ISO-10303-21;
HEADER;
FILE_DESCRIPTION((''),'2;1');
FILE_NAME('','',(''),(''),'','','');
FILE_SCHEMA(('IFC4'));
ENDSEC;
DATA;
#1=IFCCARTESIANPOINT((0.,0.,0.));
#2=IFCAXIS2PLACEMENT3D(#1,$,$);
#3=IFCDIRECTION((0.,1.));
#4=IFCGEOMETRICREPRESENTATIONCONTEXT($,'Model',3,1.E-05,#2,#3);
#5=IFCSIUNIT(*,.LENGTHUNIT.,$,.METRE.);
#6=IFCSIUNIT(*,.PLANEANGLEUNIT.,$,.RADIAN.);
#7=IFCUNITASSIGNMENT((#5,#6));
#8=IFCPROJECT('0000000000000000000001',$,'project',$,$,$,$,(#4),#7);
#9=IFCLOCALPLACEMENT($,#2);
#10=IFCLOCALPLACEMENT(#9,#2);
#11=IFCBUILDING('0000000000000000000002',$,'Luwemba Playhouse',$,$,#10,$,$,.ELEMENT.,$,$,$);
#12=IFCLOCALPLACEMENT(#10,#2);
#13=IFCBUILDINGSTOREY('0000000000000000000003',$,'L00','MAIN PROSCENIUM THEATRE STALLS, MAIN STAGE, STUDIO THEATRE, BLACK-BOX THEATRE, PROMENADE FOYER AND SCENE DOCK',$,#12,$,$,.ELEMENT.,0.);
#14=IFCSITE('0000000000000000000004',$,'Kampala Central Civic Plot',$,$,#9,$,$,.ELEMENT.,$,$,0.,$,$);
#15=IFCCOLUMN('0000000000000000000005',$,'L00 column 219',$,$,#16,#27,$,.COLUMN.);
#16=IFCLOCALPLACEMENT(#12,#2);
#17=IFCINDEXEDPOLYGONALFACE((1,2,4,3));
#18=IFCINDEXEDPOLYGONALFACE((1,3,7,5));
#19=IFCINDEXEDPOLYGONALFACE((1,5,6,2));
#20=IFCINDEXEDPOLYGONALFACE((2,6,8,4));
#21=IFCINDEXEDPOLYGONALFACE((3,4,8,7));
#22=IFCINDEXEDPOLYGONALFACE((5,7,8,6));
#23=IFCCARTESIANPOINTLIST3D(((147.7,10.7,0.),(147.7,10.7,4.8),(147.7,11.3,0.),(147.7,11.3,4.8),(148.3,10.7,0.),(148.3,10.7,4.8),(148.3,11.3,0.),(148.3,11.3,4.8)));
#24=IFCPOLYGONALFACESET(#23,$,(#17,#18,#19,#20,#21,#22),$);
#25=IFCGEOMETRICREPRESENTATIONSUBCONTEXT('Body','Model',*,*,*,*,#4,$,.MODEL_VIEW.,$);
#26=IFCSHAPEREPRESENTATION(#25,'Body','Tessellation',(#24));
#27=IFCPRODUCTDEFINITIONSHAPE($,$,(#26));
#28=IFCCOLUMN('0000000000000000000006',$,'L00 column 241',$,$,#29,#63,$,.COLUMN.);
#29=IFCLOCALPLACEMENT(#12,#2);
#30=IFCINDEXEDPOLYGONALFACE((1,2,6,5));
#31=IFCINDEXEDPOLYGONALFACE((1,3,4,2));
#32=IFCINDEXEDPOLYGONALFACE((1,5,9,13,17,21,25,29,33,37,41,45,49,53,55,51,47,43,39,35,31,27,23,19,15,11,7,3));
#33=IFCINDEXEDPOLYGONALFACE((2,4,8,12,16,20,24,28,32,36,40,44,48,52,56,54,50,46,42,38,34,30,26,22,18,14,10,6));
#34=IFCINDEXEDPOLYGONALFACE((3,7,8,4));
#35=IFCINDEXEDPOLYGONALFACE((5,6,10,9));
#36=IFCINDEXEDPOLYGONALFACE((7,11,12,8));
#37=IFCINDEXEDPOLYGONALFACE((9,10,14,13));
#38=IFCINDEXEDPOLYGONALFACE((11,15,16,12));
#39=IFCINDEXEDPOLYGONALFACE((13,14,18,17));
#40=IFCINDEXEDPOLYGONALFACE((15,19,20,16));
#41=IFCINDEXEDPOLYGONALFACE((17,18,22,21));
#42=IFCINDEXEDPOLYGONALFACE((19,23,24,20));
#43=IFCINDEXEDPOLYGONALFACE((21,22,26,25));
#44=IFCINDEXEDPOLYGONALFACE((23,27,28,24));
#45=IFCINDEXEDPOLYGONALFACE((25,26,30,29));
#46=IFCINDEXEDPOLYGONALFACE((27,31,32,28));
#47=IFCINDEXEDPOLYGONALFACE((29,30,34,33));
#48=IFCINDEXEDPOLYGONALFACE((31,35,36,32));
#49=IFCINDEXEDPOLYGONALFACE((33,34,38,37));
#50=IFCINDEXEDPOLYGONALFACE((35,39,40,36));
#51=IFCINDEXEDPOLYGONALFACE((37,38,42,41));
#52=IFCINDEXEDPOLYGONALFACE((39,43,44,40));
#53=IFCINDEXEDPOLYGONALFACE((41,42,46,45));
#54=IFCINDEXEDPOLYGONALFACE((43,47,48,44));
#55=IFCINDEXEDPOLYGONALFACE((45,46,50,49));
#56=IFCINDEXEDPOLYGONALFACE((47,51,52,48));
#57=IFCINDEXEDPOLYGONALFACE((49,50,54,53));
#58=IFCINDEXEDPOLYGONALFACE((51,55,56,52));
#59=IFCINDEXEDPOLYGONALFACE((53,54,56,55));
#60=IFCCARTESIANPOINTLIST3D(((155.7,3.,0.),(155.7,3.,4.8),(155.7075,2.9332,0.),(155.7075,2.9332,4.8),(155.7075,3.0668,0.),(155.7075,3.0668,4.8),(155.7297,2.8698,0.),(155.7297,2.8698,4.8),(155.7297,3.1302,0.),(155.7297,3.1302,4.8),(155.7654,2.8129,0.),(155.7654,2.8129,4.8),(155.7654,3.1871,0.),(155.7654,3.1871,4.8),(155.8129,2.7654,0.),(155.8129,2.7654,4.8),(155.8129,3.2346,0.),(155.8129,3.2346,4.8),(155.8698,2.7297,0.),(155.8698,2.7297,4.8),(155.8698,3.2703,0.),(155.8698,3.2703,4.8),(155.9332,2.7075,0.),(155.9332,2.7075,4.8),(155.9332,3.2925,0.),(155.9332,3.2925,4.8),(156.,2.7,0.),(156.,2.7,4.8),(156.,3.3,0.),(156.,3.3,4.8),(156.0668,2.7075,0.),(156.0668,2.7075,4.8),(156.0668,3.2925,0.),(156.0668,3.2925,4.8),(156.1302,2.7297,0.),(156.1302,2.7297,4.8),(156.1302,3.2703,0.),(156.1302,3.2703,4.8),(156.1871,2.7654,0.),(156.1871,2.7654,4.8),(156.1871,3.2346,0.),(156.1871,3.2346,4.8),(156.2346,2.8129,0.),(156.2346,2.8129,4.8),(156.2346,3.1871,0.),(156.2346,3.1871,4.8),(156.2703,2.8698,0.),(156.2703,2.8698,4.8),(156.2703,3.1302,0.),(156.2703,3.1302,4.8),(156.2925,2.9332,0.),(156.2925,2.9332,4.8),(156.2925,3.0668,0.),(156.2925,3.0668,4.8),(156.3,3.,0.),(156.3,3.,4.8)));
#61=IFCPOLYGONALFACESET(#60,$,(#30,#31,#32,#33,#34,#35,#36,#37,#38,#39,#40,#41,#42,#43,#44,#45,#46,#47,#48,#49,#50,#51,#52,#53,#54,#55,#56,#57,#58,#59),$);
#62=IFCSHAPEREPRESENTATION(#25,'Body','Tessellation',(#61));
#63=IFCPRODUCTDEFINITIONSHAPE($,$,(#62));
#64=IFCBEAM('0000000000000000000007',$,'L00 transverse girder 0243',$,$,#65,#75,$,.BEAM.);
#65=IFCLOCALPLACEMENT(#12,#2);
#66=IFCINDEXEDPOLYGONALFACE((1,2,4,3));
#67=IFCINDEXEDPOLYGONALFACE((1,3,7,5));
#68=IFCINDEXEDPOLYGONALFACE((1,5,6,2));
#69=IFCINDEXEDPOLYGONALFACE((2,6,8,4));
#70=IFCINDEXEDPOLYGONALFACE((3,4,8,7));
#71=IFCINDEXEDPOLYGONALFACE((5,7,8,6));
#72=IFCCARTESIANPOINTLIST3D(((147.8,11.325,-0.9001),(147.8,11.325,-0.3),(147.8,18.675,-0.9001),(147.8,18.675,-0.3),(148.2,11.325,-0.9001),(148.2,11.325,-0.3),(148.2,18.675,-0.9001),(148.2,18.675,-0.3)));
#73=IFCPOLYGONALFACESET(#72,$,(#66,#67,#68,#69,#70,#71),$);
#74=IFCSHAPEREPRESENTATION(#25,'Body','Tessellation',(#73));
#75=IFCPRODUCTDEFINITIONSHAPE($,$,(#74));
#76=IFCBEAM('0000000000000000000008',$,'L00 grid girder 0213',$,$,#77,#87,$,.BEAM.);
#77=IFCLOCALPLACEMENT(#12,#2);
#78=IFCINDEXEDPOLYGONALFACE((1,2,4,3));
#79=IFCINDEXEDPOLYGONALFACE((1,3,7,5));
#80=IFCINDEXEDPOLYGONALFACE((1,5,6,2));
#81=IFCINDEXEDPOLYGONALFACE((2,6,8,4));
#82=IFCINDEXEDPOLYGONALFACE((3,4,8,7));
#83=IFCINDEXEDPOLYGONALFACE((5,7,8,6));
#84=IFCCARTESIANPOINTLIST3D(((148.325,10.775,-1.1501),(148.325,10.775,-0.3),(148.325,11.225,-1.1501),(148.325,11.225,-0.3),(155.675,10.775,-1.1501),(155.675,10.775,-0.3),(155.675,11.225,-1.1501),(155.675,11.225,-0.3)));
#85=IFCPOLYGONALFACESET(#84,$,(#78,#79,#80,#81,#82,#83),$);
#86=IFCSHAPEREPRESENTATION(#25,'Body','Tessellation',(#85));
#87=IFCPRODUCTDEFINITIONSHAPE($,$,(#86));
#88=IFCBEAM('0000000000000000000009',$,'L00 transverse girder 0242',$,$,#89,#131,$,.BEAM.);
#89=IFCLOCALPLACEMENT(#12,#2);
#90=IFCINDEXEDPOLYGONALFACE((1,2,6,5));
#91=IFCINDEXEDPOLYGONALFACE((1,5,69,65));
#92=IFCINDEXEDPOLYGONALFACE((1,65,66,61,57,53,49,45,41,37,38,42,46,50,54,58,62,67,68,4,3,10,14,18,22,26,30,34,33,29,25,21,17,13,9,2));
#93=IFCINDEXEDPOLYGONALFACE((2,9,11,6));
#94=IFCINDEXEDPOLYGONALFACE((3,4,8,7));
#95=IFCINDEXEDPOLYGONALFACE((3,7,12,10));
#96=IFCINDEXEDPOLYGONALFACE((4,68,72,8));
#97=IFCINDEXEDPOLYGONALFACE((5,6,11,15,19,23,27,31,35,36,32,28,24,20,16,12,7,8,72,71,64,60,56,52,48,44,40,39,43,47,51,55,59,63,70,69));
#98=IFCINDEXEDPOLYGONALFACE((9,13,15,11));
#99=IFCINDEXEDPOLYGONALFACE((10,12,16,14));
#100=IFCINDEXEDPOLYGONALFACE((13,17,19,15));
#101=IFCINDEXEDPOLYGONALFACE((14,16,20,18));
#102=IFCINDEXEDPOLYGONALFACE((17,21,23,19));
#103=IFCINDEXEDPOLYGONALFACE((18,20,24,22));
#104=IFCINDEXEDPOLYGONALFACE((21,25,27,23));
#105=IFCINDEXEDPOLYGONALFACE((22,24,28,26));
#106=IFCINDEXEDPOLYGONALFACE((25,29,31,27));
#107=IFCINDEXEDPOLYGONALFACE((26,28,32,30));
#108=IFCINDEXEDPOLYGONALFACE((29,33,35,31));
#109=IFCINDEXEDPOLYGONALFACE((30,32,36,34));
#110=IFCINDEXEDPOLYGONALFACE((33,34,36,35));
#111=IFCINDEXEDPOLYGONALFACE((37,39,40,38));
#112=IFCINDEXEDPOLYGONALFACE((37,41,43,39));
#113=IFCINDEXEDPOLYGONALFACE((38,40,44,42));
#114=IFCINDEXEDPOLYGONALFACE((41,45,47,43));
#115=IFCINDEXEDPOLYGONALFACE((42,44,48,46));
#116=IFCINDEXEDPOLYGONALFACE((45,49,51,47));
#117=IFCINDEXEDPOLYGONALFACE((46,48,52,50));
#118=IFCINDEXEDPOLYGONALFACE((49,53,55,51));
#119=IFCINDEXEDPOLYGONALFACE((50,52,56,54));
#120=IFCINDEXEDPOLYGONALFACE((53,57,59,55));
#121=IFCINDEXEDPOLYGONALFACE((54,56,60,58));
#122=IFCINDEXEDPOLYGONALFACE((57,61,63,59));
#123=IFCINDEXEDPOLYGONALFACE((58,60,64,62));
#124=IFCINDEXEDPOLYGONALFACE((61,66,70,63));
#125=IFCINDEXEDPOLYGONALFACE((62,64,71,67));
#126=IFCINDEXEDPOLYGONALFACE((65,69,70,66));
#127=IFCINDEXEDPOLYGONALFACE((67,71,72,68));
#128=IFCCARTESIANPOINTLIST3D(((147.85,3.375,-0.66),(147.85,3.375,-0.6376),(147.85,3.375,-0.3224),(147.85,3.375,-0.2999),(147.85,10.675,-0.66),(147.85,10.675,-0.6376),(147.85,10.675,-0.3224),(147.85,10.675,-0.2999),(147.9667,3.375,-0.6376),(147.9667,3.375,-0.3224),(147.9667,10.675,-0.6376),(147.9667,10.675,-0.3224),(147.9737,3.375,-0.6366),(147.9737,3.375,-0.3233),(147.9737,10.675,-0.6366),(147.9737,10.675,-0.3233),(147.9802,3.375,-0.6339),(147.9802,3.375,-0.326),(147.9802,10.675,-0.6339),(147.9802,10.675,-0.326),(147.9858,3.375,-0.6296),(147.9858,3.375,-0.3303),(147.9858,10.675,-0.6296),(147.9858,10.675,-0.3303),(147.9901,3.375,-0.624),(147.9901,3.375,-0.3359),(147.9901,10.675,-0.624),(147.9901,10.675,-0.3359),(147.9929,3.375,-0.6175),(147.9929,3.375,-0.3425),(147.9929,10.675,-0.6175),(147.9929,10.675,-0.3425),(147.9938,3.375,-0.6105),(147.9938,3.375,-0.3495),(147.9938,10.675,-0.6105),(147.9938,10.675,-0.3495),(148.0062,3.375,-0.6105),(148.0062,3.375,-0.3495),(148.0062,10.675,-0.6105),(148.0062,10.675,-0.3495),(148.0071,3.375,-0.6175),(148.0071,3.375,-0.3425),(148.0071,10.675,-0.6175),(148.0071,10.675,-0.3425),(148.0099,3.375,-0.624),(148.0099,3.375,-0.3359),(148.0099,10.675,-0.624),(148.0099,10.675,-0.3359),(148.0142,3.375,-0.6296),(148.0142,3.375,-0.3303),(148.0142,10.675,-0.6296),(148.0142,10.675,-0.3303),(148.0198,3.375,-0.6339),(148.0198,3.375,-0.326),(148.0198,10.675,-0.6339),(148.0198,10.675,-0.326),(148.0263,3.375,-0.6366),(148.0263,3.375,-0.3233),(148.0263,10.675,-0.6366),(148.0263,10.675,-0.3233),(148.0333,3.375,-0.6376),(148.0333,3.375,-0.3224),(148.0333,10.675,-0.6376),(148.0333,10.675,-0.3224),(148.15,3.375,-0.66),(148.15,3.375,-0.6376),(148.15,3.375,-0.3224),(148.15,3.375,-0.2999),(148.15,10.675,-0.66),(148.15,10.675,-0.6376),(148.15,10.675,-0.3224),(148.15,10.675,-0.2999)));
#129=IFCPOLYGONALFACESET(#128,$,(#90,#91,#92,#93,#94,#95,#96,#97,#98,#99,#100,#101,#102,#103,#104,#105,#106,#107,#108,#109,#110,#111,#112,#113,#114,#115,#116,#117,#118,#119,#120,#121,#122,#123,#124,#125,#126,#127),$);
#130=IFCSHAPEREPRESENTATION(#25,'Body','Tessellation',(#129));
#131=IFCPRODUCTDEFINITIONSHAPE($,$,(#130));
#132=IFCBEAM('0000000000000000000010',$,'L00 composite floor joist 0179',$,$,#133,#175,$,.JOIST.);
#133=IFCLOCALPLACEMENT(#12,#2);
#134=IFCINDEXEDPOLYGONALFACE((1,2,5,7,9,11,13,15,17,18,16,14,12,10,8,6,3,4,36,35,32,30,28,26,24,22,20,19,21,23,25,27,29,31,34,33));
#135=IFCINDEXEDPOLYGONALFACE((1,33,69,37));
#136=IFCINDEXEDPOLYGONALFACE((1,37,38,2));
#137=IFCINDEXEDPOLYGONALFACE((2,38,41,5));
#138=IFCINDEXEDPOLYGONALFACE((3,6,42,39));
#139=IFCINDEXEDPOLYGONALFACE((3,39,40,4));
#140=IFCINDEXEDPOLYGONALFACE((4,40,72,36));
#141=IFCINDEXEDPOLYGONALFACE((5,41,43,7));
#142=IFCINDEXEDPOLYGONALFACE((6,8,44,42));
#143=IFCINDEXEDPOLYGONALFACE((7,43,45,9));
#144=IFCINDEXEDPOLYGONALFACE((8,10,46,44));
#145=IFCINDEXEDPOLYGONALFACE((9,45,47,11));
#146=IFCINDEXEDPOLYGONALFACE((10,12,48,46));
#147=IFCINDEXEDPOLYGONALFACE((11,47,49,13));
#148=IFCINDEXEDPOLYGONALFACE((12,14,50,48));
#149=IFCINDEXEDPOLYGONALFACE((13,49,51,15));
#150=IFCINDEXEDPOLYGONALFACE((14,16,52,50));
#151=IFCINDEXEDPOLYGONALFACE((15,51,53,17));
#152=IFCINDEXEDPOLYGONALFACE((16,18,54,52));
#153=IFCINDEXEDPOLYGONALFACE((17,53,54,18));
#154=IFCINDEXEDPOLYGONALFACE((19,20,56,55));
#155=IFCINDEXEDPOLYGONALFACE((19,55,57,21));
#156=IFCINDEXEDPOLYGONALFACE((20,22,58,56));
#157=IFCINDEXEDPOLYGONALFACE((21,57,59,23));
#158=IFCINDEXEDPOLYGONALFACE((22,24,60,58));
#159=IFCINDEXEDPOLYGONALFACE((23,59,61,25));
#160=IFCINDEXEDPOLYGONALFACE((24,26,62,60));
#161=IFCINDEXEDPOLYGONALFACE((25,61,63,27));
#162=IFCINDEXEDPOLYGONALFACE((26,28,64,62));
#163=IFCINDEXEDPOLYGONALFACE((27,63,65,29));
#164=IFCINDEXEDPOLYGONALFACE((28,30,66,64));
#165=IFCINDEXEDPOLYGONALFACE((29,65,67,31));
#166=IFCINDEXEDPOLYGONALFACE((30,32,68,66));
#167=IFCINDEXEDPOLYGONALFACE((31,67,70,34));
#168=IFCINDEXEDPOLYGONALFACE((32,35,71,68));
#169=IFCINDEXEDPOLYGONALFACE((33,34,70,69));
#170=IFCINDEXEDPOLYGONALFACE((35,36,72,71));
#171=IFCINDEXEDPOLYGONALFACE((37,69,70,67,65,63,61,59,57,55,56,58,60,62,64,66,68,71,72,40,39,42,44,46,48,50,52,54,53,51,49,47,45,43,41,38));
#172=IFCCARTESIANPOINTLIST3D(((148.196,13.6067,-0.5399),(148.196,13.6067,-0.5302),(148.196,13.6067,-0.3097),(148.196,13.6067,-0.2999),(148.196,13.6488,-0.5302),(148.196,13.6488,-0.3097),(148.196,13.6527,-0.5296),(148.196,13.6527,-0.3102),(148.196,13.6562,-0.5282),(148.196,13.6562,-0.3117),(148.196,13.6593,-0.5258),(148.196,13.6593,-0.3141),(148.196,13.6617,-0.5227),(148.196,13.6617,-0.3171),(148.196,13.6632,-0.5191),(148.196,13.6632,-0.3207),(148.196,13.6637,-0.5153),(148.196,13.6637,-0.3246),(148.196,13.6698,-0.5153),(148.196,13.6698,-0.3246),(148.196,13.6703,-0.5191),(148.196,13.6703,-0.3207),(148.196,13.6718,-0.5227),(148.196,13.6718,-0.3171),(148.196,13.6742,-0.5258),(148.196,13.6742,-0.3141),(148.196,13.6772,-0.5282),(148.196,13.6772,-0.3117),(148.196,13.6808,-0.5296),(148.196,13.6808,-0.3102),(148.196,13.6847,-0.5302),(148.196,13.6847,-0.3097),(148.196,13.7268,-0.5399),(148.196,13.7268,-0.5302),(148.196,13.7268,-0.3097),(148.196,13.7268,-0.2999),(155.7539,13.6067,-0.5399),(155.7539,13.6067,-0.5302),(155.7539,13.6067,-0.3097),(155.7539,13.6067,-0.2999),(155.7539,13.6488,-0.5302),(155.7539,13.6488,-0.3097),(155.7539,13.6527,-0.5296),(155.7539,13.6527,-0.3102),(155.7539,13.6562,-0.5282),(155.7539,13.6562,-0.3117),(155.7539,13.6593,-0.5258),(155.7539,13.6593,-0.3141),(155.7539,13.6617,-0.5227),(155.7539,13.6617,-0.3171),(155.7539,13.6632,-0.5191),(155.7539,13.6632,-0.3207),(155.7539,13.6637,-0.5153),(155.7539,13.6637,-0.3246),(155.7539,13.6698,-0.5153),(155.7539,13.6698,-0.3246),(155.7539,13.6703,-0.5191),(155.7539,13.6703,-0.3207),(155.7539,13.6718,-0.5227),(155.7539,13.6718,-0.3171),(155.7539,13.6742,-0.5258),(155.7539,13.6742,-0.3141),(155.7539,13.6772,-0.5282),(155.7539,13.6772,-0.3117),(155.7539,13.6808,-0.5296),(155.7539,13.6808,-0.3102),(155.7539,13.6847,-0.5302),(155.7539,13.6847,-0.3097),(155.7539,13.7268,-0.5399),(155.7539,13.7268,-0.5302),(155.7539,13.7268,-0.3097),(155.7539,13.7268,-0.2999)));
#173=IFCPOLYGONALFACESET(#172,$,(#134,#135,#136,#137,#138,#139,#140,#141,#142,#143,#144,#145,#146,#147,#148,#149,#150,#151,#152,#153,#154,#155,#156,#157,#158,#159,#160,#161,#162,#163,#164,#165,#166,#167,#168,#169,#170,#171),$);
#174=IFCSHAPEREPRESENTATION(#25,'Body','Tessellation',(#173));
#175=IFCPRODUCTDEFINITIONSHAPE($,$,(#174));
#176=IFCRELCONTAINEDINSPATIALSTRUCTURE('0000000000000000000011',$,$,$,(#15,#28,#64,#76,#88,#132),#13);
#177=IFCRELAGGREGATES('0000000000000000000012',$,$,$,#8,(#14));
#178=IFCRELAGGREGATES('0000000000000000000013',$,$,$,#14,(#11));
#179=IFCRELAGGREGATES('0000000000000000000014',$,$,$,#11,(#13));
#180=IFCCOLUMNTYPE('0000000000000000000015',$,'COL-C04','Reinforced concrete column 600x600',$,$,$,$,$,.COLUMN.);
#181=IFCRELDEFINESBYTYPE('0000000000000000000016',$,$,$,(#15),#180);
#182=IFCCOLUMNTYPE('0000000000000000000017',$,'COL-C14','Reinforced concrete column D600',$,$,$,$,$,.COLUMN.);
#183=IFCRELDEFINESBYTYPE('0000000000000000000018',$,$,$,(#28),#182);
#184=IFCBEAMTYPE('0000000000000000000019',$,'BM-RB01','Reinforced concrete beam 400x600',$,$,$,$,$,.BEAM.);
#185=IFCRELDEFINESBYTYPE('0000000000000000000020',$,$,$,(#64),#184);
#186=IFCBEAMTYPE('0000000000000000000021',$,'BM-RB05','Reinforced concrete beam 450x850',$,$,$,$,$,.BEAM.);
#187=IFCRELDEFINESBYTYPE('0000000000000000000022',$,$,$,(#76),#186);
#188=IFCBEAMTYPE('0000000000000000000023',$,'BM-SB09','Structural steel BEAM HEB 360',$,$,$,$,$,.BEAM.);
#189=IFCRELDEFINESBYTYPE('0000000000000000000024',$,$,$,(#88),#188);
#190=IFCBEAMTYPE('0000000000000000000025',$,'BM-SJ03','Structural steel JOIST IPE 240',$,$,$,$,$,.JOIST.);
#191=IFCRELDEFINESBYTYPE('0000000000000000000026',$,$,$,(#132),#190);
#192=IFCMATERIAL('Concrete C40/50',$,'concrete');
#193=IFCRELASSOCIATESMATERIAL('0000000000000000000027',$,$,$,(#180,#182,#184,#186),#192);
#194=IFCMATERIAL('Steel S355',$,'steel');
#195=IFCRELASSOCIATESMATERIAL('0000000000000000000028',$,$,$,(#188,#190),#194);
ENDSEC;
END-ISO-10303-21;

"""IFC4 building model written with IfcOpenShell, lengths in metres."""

from ifc_helpers import new_model, si_unit, direction, frame, origin, origin_2d, place, context, subcontext, project, spatial, rectangle, circle, i_section, extrude, material, material_profile, profile_set, type_object, element, save


model = new_model("IFC4")

# Units and contexts
model_context = context("Model", 3, precision=1e-05, world=origin(), true_north=direction((0.0, 1.0)))
body_context = subcontext(model_context, "Body", "Model", "MODEL_VIEW")
ifc_project = project(units=[si_unit("LENGTHUNIT", "METRE"), si_unit("PLANEANGLEUNIT", "RADIAN")], contexts=[model_context])

# Site, building, storey
site_placement = place(None, origin())
site = spatial("IfcSite", under=ifc_project, at=site_placement, Name="Kampala Central Civic Plot", CompositionType="ELEMENT", RefElevation=0.0)
building_placement = place(site_placement, origin())
building = spatial("IfcBuilding", under=site, at=building_placement, Name="Luwemba Playhouse", CompositionType="ELEMENT")
storey_placement = place(building_placement, origin())
storey = spatial("IfcBuildingStorey", under=building, at=storey_placement, Name="L00", Description="MAIN PROSCENIUM THEATRE STALLS, MAIN STAGE, STUDIO THEATRE, BLACK-BOX THEATRE, PROMENADE FOYER AND SCENE DOCK", CompositionType="ELEMENT", Elevation=0.0)

# Columns
ifc_material_1 = material(Name="Concrete C40/50", Category="concrete")
ifc_material_profile_1 = material_profile(ifc_material_1, rectangle(XDim=0.6001, YDim=0.6001, at=origin_2d()))
ifc_profile_set_1 = profile_set([ifc_material_profile_1], Name="Concrete C40/50")
column_type_1 = type_object("IfcColumnType", Name="COL-C04", Description="Reinforced concrete column 600x600", PredefinedType="COLUMN", material=ifc_profile_set_1)
column_1_placement = place(storey_placement, frame((148.0, 11.0, 0.0), z_axis=(0.0, 0.0, 1.0), x_axis=(1.0, 0.0, 0.0)))
element("IfcColumn", 1, at=column_1_placement, inside=storey, type_object=column_type_1, Name="L00 column 219", PredefinedType="COLUMN", context=body_context, shape_type="SweptSolid", body=[
    extrude(rectangle(XDim=0.6001, YDim=0.6001, at=origin_2d()), origin(), (0.0, 0.0, 1.0), 4.8),
])
ifc_material_profile_2 = material_profile(ifc_material_1, circle(Radius=0.3, at=origin_2d()))
ifc_profile_set_2 = profile_set([ifc_material_profile_2], Name="Concrete C40/50")
column_type_2 = type_object("IfcColumnType", Name="COL-C14", Description="Reinforced concrete column D600", PredefinedType="COLUMN", material=ifc_profile_set_2)
column_2_placement = place(storey_placement, frame((156.0, 3.0, 0.0), z_axis=(0.0, 0.0, 1.0), x_axis=(1.0, 0.0, 0.0)))
element("IfcColumn", 2, at=column_2_placement, inside=storey, type_object=column_type_2, Name="L00 column 241", PredefinedType="COLUMN", context=body_context, shape_type="SweptSolid", body=[
    extrude(circle(Radius=0.3, at=origin_2d()), origin(), (0.0, 0.0, 1.0), 4.8),
])

# Beams
ifc_material_profile_3 = material_profile(ifc_material_1, rectangle(XDim=0.3999, YDim=0.6001, at=origin_2d()))
ifc_profile_set_3 = profile_set([ifc_material_profile_3], Name="Concrete C40/50")
beam_type_1 = type_object("IfcBeamType", Name="BM-RB01", Description="Reinforced concrete beam 400x600", PredefinedType="BEAM", material=ifc_profile_set_3)
beam_1_placement = place(storey_placement, frame((148.0, 11.325, -0.6001), z_axis=(0.0, 1.0, 0.0), x_axis=(-1.0, 0.0, 0.0)))
element("IfcBeam", 3, at=beam_1_placement, inside=storey, type_object=beam_type_1, Name="L00 transverse girder 0243", PredefinedType="BEAM", context=body_context, shape_type="SweptSolid", body=[
    extrude(rectangle(XDim=0.3999, YDim=0.6001, at=origin_2d()), origin(), (0.0, 0.0, 1.0), 7.3501),
])
ifc_material_profile_4 = material_profile(ifc_material_1, rectangle(XDim=0.45, YDim=0.8501, at=origin_2d()))
ifc_profile_set_4 = profile_set([ifc_material_profile_4], Name="Concrete C40/50")
beam_type_2 = type_object("IfcBeamType", Name="BM-RB05", Description="Reinforced concrete beam 450x850", PredefinedType="BEAM", material=ifc_profile_set_4)
beam_2_placement = place(storey_placement, frame((148.325, 11.0, -0.7251), z_axis=(1.0, 0.0, 0.0), x_axis=(0.0, 1.0, 0.0)))
element("IfcBeam", 4, at=beam_2_placement, inside=storey, type_object=beam_type_2, Name="L00 grid girder 0213", PredefinedType="BEAM", context=body_context, shape_type="SweptSolid", body=[
    extrude(rectangle(XDim=0.45, YDim=0.8501, at=origin_2d()), origin(), (0.0, 0.0, 1.0), 7.3501),
])
ifc_material_2 = material(Name="Steel S355", Category="steel")
ifc_material_profile_5 = material_profile(ifc_material_2, i_section(OverallWidth=0.3, OverallDepth=0.3601, WebThickness=0.0125, FlangeThickness=0.0225, FilletRadius=0.0271, at=origin_2d()))
ifc_profile_set_5 = profile_set([ifc_material_profile_5], Name="Steel S355")
beam_type_3 = type_object("IfcBeamType", Name="BM-SB09", Description="Structural steel BEAM HEB 360", PredefinedType="BEAM", material=ifc_profile_set_5)
beam_3_placement = place(storey_placement, frame((148.0, 3.375, -0.48), z_axis=(0.0, 1.0, 0.0), x_axis=(-1.0, 0.0, 0.0)))
element("IfcBeam", 5, at=beam_3_placement, inside=storey, type_object=beam_type_3, Name="L00 transverse girder 0242", PredefinedType="BEAM", context=body_context, shape_type="SweptSolid", body=[
    extrude(i_section(OverallWidth=0.3, OverallDepth=0.3601, WebThickness=0.0125, FlangeThickness=0.0225, FilletRadius=0.0271, at=origin_2d()), origin(), (0.0, 0.0, 1.0), 7.3),
])
ifc_material_profile_6 = material_profile(ifc_material_2, i_section(OverallWidth=0.1201, OverallDepth=0.24, WebThickness=0.0061, FlangeThickness=0.0098, FilletRadius=0.0149, at=origin_2d()))
ifc_profile_set_6 = profile_set([ifc_material_profile_6], Name="Steel S355")
beam_type_4 = type_object("IfcBeamType", Name="BM-SJ03", Description="Structural steel JOIST IPE 240", PredefinedType="JOIST", material=ifc_profile_set_6)
beam_4_placement = place(storey_placement, frame((148.196, 13.6667, -0.4199), z_axis=(1.0, 0.0, 0.0), x_axis=(0.0, 1.0, 0.0)))
element("IfcBeam", 6, at=beam_4_placement, inside=storey, type_object=beam_type_4, Name="L00 composite floor joist 0179", PredefinedType="JOIST", context=body_context, shape_type="SweptSolid", body=[
    extrude(i_section(OverallWidth=0.1201, OverallDepth=0.24, WebThickness=0.0061, FlangeThickness=0.0098, FilletRadius=0.0149, at=origin_2d()), origin(), (0.0, 0.0, 1.0), 7.5579),
])

save(model, "model.ifc")
